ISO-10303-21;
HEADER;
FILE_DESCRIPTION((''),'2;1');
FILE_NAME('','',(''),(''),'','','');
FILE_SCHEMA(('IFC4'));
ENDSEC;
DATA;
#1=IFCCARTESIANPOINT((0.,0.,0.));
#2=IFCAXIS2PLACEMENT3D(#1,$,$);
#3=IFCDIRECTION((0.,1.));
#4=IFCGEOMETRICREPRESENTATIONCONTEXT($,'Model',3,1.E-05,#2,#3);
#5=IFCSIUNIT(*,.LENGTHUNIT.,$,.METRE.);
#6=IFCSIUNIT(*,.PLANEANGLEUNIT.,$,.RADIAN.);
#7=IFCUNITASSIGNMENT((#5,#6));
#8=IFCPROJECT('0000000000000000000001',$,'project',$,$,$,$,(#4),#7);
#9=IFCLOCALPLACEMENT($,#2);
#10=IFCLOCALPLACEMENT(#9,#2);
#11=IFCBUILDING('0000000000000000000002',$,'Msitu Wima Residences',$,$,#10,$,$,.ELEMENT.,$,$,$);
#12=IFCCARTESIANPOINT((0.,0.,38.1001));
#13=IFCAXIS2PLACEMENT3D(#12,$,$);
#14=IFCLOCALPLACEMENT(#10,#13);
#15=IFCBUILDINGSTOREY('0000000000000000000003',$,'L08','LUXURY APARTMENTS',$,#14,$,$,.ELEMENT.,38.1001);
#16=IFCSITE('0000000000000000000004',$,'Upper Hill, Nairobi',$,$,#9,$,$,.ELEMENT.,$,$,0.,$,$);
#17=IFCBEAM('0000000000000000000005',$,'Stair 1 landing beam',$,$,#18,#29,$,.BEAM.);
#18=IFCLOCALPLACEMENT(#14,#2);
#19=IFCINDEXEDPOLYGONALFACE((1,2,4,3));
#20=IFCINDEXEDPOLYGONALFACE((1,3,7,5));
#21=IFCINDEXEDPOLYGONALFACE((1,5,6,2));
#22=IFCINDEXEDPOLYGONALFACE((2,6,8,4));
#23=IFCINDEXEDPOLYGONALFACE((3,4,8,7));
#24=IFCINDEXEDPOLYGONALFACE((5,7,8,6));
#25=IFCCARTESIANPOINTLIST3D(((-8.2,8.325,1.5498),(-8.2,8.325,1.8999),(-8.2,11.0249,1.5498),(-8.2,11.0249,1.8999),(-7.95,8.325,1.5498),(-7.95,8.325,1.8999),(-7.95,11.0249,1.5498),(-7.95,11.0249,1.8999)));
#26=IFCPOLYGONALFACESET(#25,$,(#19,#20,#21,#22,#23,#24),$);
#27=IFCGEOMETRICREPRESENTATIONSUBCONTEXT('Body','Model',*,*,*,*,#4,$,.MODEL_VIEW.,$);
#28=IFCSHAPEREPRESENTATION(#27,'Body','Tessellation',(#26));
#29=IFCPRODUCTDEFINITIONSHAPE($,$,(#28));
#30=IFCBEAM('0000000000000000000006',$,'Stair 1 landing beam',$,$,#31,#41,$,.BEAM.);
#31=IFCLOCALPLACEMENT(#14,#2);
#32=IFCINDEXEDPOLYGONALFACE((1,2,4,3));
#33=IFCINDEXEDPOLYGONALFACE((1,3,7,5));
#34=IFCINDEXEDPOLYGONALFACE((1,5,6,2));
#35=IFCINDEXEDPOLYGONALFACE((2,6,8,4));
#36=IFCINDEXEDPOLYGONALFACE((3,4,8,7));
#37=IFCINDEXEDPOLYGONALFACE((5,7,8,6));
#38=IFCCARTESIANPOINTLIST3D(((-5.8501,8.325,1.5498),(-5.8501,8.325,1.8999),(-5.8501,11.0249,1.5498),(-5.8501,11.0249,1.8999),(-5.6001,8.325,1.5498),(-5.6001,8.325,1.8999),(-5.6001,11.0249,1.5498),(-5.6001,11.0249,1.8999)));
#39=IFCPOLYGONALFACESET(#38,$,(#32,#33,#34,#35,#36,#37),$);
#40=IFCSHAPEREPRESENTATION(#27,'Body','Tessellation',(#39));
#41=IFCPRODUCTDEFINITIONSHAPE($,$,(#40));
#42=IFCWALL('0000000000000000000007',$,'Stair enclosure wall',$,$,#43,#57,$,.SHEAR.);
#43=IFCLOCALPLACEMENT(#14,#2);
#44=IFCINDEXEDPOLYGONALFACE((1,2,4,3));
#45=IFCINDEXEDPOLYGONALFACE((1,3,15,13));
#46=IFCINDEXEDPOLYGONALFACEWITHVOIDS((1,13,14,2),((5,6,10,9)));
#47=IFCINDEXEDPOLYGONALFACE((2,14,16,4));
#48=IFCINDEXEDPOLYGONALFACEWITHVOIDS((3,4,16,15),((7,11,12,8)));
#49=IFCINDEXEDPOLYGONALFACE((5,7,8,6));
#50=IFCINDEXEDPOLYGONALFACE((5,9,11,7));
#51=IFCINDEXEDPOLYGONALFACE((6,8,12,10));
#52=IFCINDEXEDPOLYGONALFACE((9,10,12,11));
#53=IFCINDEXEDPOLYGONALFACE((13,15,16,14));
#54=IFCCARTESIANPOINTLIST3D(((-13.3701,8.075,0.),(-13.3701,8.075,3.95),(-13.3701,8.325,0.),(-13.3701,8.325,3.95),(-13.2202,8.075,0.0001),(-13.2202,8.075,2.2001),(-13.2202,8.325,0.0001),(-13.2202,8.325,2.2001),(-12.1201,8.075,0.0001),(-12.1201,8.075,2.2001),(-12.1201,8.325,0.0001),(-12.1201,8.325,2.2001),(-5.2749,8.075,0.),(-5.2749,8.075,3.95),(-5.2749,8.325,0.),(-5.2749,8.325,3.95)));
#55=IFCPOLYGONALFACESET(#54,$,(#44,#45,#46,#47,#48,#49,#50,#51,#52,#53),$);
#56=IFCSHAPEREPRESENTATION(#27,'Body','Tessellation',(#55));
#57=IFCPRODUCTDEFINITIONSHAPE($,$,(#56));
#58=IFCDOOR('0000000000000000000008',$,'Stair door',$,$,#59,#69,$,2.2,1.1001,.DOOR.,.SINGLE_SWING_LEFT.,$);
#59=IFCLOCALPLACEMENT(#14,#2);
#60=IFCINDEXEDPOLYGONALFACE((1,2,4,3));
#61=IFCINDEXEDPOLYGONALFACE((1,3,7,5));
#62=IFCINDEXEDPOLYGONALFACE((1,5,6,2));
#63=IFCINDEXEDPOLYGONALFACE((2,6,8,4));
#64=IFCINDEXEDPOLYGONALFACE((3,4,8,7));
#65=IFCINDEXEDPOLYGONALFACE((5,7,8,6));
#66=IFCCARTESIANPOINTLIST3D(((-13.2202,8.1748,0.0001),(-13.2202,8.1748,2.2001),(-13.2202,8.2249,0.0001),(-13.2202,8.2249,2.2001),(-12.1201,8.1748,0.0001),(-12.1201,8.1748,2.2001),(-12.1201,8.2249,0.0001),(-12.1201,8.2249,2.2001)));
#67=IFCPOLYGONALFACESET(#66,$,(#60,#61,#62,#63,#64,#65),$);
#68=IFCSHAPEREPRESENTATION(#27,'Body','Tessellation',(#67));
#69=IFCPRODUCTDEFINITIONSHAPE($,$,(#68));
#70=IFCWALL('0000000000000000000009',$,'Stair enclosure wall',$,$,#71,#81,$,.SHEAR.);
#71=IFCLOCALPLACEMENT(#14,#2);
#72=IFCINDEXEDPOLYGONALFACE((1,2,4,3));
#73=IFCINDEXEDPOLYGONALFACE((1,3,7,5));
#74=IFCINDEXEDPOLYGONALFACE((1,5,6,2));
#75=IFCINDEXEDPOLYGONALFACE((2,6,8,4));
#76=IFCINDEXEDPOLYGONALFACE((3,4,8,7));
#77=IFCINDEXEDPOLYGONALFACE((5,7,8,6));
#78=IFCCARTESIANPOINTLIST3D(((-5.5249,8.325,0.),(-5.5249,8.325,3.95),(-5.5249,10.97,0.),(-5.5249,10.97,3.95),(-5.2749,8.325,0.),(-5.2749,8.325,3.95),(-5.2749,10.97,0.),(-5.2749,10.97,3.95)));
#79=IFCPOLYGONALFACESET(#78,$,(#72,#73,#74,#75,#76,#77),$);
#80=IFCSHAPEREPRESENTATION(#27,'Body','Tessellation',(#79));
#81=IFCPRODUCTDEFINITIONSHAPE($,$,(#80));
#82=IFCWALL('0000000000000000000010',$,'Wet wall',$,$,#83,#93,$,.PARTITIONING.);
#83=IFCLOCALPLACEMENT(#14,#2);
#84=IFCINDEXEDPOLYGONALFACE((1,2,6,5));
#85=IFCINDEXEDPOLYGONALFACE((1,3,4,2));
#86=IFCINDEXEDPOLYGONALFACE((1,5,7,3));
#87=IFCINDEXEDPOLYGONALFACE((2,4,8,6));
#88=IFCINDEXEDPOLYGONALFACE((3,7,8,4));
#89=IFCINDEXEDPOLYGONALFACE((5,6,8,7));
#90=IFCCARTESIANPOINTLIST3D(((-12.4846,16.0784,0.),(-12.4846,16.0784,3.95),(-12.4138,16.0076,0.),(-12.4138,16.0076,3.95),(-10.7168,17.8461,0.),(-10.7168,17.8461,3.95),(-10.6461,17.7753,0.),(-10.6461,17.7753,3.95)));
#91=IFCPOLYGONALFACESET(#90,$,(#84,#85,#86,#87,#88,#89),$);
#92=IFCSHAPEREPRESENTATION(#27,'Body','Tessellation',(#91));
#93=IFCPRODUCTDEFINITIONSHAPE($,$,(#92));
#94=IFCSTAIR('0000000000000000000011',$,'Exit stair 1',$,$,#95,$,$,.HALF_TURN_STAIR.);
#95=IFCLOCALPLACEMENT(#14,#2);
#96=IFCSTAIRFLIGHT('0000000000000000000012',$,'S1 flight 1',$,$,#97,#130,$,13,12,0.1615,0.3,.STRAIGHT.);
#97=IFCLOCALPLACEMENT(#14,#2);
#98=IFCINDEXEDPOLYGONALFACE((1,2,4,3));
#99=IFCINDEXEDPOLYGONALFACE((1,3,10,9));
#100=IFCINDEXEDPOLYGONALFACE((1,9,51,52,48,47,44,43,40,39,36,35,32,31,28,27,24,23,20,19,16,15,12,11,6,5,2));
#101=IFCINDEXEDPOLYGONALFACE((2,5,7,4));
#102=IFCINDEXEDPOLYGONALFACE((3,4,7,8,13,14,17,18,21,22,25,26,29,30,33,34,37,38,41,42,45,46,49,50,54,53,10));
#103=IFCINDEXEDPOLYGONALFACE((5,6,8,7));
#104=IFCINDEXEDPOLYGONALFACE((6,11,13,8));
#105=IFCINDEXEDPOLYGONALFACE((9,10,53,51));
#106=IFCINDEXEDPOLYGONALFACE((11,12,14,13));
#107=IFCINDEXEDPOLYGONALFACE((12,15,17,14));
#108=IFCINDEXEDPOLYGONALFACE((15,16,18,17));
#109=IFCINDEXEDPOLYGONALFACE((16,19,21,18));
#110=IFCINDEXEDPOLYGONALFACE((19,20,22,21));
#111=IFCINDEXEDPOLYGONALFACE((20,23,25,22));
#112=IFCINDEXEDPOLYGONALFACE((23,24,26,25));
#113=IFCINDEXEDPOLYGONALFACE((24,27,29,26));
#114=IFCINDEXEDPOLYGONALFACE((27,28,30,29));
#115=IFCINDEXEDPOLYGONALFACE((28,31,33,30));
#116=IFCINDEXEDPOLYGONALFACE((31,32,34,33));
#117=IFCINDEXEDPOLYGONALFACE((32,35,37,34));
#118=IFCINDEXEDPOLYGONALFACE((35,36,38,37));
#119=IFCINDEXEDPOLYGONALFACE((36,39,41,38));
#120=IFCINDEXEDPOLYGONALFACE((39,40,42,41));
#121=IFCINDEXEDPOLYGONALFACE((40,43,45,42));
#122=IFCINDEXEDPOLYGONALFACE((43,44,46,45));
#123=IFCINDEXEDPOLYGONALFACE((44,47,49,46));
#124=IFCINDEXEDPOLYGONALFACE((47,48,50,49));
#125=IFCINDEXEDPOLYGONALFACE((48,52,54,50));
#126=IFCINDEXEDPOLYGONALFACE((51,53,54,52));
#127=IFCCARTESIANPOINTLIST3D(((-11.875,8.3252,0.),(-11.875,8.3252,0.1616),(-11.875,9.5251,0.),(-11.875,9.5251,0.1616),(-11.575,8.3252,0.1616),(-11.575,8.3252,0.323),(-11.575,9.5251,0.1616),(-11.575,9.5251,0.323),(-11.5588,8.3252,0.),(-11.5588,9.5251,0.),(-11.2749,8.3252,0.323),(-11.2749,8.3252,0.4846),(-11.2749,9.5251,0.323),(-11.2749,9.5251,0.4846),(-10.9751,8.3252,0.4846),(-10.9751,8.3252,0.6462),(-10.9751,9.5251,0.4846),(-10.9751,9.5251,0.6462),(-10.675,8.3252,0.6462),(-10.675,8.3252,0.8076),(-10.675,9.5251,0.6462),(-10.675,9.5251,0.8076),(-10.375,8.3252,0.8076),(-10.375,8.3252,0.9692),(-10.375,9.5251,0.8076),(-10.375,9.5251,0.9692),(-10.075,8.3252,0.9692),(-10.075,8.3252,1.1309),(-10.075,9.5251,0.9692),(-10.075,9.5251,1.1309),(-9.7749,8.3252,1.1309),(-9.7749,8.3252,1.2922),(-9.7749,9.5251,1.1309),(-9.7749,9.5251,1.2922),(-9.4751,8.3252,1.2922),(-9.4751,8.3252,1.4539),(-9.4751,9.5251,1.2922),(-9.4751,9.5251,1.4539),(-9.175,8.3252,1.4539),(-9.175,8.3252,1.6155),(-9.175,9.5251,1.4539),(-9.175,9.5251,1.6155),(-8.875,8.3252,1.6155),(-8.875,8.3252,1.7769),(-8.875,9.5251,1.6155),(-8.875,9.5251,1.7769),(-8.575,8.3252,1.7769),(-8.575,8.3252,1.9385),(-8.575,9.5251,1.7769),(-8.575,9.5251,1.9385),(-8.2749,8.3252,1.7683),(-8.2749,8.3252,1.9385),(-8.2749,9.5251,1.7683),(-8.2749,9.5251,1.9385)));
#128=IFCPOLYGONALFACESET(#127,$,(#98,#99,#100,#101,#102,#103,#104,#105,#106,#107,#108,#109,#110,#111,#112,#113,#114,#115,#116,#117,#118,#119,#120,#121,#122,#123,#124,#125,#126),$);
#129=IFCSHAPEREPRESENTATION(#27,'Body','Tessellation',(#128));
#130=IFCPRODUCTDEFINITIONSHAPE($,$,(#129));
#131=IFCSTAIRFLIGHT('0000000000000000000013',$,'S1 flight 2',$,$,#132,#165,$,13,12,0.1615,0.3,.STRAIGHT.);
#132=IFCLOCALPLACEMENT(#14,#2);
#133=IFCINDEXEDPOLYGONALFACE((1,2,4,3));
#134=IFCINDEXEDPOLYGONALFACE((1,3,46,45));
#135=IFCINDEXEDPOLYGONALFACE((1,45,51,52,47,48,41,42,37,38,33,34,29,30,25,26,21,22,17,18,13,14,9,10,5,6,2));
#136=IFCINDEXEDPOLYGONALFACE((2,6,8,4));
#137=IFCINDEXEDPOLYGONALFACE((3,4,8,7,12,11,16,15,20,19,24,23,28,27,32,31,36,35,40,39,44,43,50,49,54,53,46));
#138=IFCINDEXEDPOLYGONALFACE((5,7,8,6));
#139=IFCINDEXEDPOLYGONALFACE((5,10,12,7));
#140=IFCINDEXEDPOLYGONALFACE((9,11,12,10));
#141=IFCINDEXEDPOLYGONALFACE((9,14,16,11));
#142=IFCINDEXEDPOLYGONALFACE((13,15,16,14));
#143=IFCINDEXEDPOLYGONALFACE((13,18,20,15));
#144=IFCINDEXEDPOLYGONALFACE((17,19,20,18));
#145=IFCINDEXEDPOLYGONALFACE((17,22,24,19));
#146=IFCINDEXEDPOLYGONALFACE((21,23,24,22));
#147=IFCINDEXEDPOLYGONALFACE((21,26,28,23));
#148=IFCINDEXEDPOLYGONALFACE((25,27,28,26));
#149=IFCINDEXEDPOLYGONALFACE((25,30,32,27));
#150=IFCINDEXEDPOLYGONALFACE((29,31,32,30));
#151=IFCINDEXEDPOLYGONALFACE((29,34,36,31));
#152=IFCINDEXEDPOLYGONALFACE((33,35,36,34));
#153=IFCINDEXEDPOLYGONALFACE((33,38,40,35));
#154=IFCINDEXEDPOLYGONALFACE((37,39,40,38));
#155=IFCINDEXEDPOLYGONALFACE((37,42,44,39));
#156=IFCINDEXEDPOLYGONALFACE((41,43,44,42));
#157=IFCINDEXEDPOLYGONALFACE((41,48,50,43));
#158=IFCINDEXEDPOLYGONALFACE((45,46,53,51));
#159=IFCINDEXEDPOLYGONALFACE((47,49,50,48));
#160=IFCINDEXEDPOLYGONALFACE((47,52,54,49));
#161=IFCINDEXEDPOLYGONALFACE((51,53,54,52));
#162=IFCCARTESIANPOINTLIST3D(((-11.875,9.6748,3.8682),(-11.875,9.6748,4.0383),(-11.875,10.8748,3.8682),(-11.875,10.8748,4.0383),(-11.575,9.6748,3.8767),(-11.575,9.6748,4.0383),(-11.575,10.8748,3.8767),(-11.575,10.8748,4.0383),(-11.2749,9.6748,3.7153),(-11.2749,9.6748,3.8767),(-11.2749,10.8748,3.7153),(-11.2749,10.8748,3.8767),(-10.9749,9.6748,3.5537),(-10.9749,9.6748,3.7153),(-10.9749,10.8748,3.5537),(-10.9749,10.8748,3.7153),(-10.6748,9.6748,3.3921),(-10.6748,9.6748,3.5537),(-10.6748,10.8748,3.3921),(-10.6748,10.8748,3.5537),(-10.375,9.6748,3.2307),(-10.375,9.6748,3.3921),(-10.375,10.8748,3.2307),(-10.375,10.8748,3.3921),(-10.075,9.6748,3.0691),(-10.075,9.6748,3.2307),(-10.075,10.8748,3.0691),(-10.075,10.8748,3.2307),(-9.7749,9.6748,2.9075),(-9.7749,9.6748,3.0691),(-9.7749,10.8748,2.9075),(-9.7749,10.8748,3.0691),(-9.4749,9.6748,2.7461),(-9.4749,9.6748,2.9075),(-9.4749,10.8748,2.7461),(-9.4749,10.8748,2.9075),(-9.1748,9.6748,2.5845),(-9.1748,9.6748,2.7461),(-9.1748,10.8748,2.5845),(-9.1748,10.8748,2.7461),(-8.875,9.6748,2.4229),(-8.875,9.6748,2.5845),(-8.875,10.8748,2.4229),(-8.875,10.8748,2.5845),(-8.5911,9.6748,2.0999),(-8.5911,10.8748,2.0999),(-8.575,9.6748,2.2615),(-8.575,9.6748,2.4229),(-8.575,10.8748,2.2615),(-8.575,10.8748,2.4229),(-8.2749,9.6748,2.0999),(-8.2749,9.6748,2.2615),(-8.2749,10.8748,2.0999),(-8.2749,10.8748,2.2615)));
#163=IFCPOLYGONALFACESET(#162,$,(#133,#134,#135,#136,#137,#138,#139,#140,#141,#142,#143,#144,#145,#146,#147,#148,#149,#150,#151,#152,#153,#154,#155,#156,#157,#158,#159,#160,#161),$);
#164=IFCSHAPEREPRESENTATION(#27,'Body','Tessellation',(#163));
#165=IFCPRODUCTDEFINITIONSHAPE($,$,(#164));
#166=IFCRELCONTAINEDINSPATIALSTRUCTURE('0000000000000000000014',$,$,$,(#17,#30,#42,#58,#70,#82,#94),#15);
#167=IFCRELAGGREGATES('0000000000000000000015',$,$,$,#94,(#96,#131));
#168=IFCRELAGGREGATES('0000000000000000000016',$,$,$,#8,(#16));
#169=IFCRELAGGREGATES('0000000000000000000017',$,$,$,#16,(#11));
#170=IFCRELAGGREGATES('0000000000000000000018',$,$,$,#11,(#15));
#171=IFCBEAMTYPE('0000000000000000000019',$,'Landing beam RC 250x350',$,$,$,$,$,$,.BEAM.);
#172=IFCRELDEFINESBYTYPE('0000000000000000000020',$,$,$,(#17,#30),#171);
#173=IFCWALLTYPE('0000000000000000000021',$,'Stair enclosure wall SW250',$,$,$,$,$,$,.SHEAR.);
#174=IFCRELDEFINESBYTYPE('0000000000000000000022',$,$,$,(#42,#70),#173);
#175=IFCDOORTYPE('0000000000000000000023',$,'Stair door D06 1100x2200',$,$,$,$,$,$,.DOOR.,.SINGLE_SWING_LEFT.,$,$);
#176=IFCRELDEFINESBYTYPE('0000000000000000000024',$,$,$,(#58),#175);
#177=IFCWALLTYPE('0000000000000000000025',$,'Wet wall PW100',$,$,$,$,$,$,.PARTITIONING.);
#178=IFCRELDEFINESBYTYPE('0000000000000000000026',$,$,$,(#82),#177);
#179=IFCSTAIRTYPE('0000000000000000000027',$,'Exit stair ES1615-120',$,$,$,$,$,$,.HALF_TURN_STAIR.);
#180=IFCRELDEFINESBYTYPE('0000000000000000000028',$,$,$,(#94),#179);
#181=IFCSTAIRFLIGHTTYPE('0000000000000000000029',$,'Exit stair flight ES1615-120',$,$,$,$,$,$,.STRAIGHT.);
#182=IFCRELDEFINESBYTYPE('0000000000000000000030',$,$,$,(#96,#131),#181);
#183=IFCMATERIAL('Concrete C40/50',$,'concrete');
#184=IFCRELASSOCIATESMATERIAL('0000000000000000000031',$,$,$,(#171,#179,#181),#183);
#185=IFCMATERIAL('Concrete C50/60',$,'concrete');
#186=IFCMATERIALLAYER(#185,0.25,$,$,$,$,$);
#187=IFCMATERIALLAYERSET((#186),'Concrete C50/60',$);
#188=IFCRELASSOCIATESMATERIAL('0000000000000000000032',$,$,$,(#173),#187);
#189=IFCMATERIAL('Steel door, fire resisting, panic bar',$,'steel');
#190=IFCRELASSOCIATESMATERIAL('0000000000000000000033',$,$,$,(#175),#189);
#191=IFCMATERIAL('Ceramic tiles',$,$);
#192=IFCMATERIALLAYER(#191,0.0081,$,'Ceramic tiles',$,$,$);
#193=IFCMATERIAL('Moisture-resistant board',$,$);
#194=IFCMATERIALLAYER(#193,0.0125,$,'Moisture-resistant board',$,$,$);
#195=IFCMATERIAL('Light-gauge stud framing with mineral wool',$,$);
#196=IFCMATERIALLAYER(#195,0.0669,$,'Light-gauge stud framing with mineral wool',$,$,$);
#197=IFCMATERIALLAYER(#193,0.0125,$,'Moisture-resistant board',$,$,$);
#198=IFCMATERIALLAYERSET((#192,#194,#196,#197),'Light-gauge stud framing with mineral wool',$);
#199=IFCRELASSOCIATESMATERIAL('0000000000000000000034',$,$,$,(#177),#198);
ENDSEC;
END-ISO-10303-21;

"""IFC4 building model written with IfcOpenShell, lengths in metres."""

from ifc_helpers import new_model, si_unit, direction, frame, frame_2d, origin, origin_2d, place, context, subcontext, project, spatial, polyline, rectangle, outline, extrude, material, layer, layer_set, material_profile, profile_set, type_object, element, fill, aggregate, save


model = new_model("IFC4")

# Units and contexts
model_context = context("Model", 3, precision=1e-05, world=origin(), true_north=direction((0.0, 1.0)))
body_context = subcontext(model_context, "Body", "Model", "MODEL_VIEW")
ifc_project = project(units=[si_unit("LENGTHUNIT", "METRE"), si_unit("PLANEANGLEUNIT", "RADIAN")], contexts=[model_context])

# Site, building, storey
site_placement = place(None, origin())
site = spatial("IfcSite", under=ifc_project, at=site_placement, Name="Upper Hill, Nairobi", CompositionType="ELEMENT", RefElevation=0.0)
building_placement = place(site_placement, origin())
building = spatial("IfcBuilding", under=site, at=building_placement, Name="Msitu Wima Residences", CompositionType="ELEMENT")
storey_placement = place(building_placement, frame((0.0, 0.0, 38.1001)))
storey = spatial("IfcBuildingStorey", under=building, at=storey_placement, Name="L08", Description="LUXURY APARTMENTS", CompositionType="ELEMENT", Elevation=38.1001)

# Beams
ifc_material_1 = material(Name="Concrete C40/50", Category="concrete")
ifc_material_profile = material_profile(ifc_material_1, rectangle(XDim=0.25, YDim=0.3501, at=origin_2d()), Name="RC 250x350")
ifc_profile_set = profile_set([ifc_material_profile], Name="Concrete C40/50")
beam_type = type_object("IfcBeamType", Name="Landing beam RC 250x350", PredefinedType="BEAM", material=ifc_profile_set)
for number, where, z_axis, x_axis, name in (
    (1, (-8.075, 8.325, 1.7249), (0.0, 1.0, 0.0), (-1.0, 0.0, 0.0), "Stair 1 landing beam"),
    (2, (-5.7251, 8.325, 1.7249), (0.0, 1.0, 0.0), (-1.0, 0.0, 0.0), "Stair 1 landing beam"),
):
    element("IfcBeam", number, at=place(storey_placement, frame(where, z_axis=z_axis, x_axis=x_axis)), inside=storey, type_object=beam_type, Name=name, PredefinedType="BEAM", context=body_context, shape_type="SweptSolid", body=[
        extrude(rectangle(XDim=0.25, YDim=0.3501, at=origin_2d()), origin(), (0.0, 0.0, 1.0), 2.7),
    ])

# Wall, opening, door
ifc_material_2 = material(Name="Concrete C50/60", Category="concrete")
ifc_layer_1 = layer(ifc_material_2, 0.25)
ifc_layer_set_1 = layer_set([ifc_layer_1], Name="Concrete C50/60")
wall_type_1 = type_object("IfcWallType", Name="Stair enclosure wall SW250", PredefinedType="SHEAR", material=ifc_layer_set_1)
wall_1_placement = place(storey_placement, frame((-13.3701, 8.2, 0.0), z_axis=(0.0, 0.0, 1.0), x_axis=(1.0, 0.0, 0.0)))
wall_1 = element("IfcWall", 3, at=wall_1_placement, inside=storey, type_object=wall_type_1, Name="Stair enclosure wall", PredefinedType="SHEAR", context=body_context, shape_type="SweptSolid", body=[
    extrude(rectangle(XDim=8.0952, YDim=0.25, at=frame_2d((4.0476, 0.0))), origin(), (0.0, 0.0, 1.0), 3.95),
])
opening_placement = place(wall_1_placement, frame((0.1499, 0.0, 0.0)))
opening = element("IfcOpeningElement", 4, at=opening_placement, cuts=wall_1, PredefinedType="OPENING", context=body_context, shape_type="SweptSolid", body=[
    extrude(rectangle(XDim=1.1001, YDim=2.2, at=frame_2d((0.55, 1.1001))), frame((0.0, 0.135, 0.0), z_axis=(0.0, -1.0, 0.0), x_axis=(1.0, 0.0, 0.0)), (0.0, 0.0, 1.0), 0.27),
])
ifc_material_3 = material(Name="Steel door, fire resisting, panic bar", Category="steel")
door_type = type_object("IfcDoorType", Name="Stair door D06 1100x2200", OperationType="SINGLE_SWING_LEFT", PredefinedType="DOOR", material=ifc_material_3)
door_placement = place(opening_placement, origin())
door = element("IfcDoor", 5, at=door_placement, inside=storey, type_object=door_type, Name="Stair door", OperationType="SINGLE_SWING_LEFT", OverallHeight=2.2, OverallWidth=1.1001, PredefinedType="DOOR", context=body_context, shape_type="SweptSolid", body=[
    extrude(rectangle(XDim=1.1001, YDim=2.2, at=frame_2d((0.55, 1.1001))), frame((0.0, 0.0249, 0.0), z_axis=(0.0, -1.0, 0.0), x_axis=(1.0, 0.0, 0.0)), (0.0, 0.0, 1.0), 0.05),
])
fill(opening, door)

# Walls
wall_2_placement = place(storey_placement, frame((-5.3999, 8.325, 0.0), z_axis=(0.0, 0.0, 1.0), x_axis=(0.0, 1.0, 0.0)))
element("IfcWall", 6, at=wall_2_placement, inside=storey, type_object=wall_type_1, Name="Stair enclosure wall", PredefinedType="SHEAR", context=body_context, shape_type="SweptSolid", body=[
    extrude(rectangle(XDim=2.645, YDim=0.25, at=frame_2d((1.3225, 0.0))), origin(), (0.0, 0.0, 1.0), 3.95),
])
ifc_material_4 = material(Name="Ceramic tiles")
ifc_layer_2 = layer(ifc_material_4, 0.0081, Name="Ceramic tiles")
ifc_material_5 = material(Name="Moisture-resistant board")
ifc_layer_3 = layer(ifc_material_5, 0.0125, Name="Moisture-resistant board")
ifc_material_6 = material(Name="Light-gauge stud framing with mineral wool")
ifc_layer_4 = layer(ifc_material_6, 0.0669, Name="Light-gauge stud framing with mineral wool")
ifc_layer_5 = layer(ifc_material_5, 0.0125, Name="Moisture-resistant board")
ifc_layer_set_2 = layer_set([ifc_layer_2, ifc_layer_3, ifc_layer_4, ifc_layer_5], Name="Light-gauge stud framing with mineral wool")
wall_type_2 = type_object("IfcWallType", Name="Wet wall PW100", PredefinedType="PARTITIONING", material=ifc_layer_set_2)
wall_3_placement = place(storey_placement, frame((-12.4492, 16.043, 0.0), z_axis=(0.0, 0.0, 1.0), x_axis=(0.707107, 0.707107, 0.0)))
element("IfcWall", 7, at=wall_3_placement, inside=storey, type_object=wall_type_2, Name="Wet wall", PredefinedType="PARTITIONING", context=body_context, shape_type="SweptSolid", body=[
    extrude(rectangle(XDim=2.5, YDim=0.1001, at=frame_2d((1.25, 0.0))), origin(), (0.0, 0.0, 1.0), 3.95),
])

# Stair, stair flights
stair_type = type_object("IfcStairType", Name="Exit stair ES1615-120", PredefinedType="HALF_TURN_STAIR", material=ifc_material_1)
stair_placement = place(storey_placement, origin())
stair = element("IfcStair", 8, at=stair_placement, inside=storey, type_object=stair_type, Name="Exit stair 1", PredefinedType="HALF_TURN_STAIR")
stair_flight_type = type_object("IfcStairFlightType", Name="Exit stair flight ES1615-120", PredefinedType="STRAIGHT", material=ifc_material_1)
stair_flight_1_placement = place(storey_placement, frame((-11.875, 8.925, 0.0), z_axis=(0.0, 0.0, 1.0), x_axis=(1.0, 0.0, 0.0)))
stair_flight_1 = element("IfcStairFlight", 9, at=stair_flight_1_placement, type_object=stair_flight_type, Name="S1 flight 1", NumberOfRisers=13, NumberOfTreads=12, PredefinedType="STRAIGHT", RiserHeight=0.1615, TreadLength=0.3, context=body_context, shape_type="SweptSolid", body=[
    extrude(outline(polyline([(0.0, 0.0), (0.0, 0.1616), (0.3, 0.1616), (0.3, 0.323), (0.6001, 0.323), (0.6001, 0.4846), (0.8999, 0.4846), (0.8999, 0.6462), (1.2, 0.6462), (1.2, 0.8076), (1.5, 0.8076), (1.5, 0.9692), (1.8, 0.9692), (1.8, 1.1309), (2.1001, 1.1309), (2.1001, 1.2922), (2.3999, 1.2922), (2.3999, 1.4539), (2.7, 1.4539), (2.7, 1.6155), (3.0, 1.6155), (3.0, 1.7769), (3.3, 1.7769), (3.3, 1.9385), (3.6001, 1.9385), (3.6001, 2.1001), (3.6001, 1.7683), (0.3162, 0.0), (0.0, 0.0)])), frame((0.0, 0.6001, 0.0), z_axis=(0.0, -1.0, 0.0), x_axis=(1.0, 0.0, 0.0)), (0.0, 0.0, 1.0), 1.2),
])
stair_flight_2_placement = place(storey_placement, frame((-8.2749, 10.2749, 2.0999), z_axis=(0.0, 0.0, 1.0), x_axis=(-1.0, 0.0, 0.0)))
stair_flight_2 = element("IfcStairFlight", 10, at=stair_flight_2_placement, type_object=stair_flight_type, Name="S1 flight 2", NumberOfRisers=13, NumberOfTreads=12, PredefinedType="STRAIGHT", RiserHeight=0.1615, TreadLength=0.3, context=body_context, shape_type="SweptSolid", body=[
    extrude(outline(polyline([(0.0, 0.0), (0.0, 0.1616), (0.3, 0.1616), (0.3, 0.323), (0.6001, 0.323), (0.6001, 0.4846), (0.8999, 0.4846), (0.8999, 0.6462), (1.2, 0.6462), (1.2, 0.8076), (1.5, 0.8076), (1.5, 0.9692), (1.8, 0.9692), (1.8, 1.1309), (2.1001, 1.1309), (2.1001, 1.2922), (2.3999, 1.2922), (2.3999, 1.4539), (2.7, 1.4539), (2.7, 1.6155), (3.0, 1.6155), (3.0, 1.7769), (3.3, 1.7769), (3.3, 1.9385), (3.6001, 1.9385), (3.6001, 2.1001), (3.6001, 1.7683), (0.3162, 0.0), (0.0, 0.0)])), frame((0.0, 0.6001, 0.0), z_axis=(0.0, -1.0, 0.0), x_axis=(1.0, 0.0, 0.0)), (0.0, 0.0, 1.0), 1.2),
])
aggregate(stair, [stair_flight_1, stair_flight_2])

save(model, "model.ifc")
